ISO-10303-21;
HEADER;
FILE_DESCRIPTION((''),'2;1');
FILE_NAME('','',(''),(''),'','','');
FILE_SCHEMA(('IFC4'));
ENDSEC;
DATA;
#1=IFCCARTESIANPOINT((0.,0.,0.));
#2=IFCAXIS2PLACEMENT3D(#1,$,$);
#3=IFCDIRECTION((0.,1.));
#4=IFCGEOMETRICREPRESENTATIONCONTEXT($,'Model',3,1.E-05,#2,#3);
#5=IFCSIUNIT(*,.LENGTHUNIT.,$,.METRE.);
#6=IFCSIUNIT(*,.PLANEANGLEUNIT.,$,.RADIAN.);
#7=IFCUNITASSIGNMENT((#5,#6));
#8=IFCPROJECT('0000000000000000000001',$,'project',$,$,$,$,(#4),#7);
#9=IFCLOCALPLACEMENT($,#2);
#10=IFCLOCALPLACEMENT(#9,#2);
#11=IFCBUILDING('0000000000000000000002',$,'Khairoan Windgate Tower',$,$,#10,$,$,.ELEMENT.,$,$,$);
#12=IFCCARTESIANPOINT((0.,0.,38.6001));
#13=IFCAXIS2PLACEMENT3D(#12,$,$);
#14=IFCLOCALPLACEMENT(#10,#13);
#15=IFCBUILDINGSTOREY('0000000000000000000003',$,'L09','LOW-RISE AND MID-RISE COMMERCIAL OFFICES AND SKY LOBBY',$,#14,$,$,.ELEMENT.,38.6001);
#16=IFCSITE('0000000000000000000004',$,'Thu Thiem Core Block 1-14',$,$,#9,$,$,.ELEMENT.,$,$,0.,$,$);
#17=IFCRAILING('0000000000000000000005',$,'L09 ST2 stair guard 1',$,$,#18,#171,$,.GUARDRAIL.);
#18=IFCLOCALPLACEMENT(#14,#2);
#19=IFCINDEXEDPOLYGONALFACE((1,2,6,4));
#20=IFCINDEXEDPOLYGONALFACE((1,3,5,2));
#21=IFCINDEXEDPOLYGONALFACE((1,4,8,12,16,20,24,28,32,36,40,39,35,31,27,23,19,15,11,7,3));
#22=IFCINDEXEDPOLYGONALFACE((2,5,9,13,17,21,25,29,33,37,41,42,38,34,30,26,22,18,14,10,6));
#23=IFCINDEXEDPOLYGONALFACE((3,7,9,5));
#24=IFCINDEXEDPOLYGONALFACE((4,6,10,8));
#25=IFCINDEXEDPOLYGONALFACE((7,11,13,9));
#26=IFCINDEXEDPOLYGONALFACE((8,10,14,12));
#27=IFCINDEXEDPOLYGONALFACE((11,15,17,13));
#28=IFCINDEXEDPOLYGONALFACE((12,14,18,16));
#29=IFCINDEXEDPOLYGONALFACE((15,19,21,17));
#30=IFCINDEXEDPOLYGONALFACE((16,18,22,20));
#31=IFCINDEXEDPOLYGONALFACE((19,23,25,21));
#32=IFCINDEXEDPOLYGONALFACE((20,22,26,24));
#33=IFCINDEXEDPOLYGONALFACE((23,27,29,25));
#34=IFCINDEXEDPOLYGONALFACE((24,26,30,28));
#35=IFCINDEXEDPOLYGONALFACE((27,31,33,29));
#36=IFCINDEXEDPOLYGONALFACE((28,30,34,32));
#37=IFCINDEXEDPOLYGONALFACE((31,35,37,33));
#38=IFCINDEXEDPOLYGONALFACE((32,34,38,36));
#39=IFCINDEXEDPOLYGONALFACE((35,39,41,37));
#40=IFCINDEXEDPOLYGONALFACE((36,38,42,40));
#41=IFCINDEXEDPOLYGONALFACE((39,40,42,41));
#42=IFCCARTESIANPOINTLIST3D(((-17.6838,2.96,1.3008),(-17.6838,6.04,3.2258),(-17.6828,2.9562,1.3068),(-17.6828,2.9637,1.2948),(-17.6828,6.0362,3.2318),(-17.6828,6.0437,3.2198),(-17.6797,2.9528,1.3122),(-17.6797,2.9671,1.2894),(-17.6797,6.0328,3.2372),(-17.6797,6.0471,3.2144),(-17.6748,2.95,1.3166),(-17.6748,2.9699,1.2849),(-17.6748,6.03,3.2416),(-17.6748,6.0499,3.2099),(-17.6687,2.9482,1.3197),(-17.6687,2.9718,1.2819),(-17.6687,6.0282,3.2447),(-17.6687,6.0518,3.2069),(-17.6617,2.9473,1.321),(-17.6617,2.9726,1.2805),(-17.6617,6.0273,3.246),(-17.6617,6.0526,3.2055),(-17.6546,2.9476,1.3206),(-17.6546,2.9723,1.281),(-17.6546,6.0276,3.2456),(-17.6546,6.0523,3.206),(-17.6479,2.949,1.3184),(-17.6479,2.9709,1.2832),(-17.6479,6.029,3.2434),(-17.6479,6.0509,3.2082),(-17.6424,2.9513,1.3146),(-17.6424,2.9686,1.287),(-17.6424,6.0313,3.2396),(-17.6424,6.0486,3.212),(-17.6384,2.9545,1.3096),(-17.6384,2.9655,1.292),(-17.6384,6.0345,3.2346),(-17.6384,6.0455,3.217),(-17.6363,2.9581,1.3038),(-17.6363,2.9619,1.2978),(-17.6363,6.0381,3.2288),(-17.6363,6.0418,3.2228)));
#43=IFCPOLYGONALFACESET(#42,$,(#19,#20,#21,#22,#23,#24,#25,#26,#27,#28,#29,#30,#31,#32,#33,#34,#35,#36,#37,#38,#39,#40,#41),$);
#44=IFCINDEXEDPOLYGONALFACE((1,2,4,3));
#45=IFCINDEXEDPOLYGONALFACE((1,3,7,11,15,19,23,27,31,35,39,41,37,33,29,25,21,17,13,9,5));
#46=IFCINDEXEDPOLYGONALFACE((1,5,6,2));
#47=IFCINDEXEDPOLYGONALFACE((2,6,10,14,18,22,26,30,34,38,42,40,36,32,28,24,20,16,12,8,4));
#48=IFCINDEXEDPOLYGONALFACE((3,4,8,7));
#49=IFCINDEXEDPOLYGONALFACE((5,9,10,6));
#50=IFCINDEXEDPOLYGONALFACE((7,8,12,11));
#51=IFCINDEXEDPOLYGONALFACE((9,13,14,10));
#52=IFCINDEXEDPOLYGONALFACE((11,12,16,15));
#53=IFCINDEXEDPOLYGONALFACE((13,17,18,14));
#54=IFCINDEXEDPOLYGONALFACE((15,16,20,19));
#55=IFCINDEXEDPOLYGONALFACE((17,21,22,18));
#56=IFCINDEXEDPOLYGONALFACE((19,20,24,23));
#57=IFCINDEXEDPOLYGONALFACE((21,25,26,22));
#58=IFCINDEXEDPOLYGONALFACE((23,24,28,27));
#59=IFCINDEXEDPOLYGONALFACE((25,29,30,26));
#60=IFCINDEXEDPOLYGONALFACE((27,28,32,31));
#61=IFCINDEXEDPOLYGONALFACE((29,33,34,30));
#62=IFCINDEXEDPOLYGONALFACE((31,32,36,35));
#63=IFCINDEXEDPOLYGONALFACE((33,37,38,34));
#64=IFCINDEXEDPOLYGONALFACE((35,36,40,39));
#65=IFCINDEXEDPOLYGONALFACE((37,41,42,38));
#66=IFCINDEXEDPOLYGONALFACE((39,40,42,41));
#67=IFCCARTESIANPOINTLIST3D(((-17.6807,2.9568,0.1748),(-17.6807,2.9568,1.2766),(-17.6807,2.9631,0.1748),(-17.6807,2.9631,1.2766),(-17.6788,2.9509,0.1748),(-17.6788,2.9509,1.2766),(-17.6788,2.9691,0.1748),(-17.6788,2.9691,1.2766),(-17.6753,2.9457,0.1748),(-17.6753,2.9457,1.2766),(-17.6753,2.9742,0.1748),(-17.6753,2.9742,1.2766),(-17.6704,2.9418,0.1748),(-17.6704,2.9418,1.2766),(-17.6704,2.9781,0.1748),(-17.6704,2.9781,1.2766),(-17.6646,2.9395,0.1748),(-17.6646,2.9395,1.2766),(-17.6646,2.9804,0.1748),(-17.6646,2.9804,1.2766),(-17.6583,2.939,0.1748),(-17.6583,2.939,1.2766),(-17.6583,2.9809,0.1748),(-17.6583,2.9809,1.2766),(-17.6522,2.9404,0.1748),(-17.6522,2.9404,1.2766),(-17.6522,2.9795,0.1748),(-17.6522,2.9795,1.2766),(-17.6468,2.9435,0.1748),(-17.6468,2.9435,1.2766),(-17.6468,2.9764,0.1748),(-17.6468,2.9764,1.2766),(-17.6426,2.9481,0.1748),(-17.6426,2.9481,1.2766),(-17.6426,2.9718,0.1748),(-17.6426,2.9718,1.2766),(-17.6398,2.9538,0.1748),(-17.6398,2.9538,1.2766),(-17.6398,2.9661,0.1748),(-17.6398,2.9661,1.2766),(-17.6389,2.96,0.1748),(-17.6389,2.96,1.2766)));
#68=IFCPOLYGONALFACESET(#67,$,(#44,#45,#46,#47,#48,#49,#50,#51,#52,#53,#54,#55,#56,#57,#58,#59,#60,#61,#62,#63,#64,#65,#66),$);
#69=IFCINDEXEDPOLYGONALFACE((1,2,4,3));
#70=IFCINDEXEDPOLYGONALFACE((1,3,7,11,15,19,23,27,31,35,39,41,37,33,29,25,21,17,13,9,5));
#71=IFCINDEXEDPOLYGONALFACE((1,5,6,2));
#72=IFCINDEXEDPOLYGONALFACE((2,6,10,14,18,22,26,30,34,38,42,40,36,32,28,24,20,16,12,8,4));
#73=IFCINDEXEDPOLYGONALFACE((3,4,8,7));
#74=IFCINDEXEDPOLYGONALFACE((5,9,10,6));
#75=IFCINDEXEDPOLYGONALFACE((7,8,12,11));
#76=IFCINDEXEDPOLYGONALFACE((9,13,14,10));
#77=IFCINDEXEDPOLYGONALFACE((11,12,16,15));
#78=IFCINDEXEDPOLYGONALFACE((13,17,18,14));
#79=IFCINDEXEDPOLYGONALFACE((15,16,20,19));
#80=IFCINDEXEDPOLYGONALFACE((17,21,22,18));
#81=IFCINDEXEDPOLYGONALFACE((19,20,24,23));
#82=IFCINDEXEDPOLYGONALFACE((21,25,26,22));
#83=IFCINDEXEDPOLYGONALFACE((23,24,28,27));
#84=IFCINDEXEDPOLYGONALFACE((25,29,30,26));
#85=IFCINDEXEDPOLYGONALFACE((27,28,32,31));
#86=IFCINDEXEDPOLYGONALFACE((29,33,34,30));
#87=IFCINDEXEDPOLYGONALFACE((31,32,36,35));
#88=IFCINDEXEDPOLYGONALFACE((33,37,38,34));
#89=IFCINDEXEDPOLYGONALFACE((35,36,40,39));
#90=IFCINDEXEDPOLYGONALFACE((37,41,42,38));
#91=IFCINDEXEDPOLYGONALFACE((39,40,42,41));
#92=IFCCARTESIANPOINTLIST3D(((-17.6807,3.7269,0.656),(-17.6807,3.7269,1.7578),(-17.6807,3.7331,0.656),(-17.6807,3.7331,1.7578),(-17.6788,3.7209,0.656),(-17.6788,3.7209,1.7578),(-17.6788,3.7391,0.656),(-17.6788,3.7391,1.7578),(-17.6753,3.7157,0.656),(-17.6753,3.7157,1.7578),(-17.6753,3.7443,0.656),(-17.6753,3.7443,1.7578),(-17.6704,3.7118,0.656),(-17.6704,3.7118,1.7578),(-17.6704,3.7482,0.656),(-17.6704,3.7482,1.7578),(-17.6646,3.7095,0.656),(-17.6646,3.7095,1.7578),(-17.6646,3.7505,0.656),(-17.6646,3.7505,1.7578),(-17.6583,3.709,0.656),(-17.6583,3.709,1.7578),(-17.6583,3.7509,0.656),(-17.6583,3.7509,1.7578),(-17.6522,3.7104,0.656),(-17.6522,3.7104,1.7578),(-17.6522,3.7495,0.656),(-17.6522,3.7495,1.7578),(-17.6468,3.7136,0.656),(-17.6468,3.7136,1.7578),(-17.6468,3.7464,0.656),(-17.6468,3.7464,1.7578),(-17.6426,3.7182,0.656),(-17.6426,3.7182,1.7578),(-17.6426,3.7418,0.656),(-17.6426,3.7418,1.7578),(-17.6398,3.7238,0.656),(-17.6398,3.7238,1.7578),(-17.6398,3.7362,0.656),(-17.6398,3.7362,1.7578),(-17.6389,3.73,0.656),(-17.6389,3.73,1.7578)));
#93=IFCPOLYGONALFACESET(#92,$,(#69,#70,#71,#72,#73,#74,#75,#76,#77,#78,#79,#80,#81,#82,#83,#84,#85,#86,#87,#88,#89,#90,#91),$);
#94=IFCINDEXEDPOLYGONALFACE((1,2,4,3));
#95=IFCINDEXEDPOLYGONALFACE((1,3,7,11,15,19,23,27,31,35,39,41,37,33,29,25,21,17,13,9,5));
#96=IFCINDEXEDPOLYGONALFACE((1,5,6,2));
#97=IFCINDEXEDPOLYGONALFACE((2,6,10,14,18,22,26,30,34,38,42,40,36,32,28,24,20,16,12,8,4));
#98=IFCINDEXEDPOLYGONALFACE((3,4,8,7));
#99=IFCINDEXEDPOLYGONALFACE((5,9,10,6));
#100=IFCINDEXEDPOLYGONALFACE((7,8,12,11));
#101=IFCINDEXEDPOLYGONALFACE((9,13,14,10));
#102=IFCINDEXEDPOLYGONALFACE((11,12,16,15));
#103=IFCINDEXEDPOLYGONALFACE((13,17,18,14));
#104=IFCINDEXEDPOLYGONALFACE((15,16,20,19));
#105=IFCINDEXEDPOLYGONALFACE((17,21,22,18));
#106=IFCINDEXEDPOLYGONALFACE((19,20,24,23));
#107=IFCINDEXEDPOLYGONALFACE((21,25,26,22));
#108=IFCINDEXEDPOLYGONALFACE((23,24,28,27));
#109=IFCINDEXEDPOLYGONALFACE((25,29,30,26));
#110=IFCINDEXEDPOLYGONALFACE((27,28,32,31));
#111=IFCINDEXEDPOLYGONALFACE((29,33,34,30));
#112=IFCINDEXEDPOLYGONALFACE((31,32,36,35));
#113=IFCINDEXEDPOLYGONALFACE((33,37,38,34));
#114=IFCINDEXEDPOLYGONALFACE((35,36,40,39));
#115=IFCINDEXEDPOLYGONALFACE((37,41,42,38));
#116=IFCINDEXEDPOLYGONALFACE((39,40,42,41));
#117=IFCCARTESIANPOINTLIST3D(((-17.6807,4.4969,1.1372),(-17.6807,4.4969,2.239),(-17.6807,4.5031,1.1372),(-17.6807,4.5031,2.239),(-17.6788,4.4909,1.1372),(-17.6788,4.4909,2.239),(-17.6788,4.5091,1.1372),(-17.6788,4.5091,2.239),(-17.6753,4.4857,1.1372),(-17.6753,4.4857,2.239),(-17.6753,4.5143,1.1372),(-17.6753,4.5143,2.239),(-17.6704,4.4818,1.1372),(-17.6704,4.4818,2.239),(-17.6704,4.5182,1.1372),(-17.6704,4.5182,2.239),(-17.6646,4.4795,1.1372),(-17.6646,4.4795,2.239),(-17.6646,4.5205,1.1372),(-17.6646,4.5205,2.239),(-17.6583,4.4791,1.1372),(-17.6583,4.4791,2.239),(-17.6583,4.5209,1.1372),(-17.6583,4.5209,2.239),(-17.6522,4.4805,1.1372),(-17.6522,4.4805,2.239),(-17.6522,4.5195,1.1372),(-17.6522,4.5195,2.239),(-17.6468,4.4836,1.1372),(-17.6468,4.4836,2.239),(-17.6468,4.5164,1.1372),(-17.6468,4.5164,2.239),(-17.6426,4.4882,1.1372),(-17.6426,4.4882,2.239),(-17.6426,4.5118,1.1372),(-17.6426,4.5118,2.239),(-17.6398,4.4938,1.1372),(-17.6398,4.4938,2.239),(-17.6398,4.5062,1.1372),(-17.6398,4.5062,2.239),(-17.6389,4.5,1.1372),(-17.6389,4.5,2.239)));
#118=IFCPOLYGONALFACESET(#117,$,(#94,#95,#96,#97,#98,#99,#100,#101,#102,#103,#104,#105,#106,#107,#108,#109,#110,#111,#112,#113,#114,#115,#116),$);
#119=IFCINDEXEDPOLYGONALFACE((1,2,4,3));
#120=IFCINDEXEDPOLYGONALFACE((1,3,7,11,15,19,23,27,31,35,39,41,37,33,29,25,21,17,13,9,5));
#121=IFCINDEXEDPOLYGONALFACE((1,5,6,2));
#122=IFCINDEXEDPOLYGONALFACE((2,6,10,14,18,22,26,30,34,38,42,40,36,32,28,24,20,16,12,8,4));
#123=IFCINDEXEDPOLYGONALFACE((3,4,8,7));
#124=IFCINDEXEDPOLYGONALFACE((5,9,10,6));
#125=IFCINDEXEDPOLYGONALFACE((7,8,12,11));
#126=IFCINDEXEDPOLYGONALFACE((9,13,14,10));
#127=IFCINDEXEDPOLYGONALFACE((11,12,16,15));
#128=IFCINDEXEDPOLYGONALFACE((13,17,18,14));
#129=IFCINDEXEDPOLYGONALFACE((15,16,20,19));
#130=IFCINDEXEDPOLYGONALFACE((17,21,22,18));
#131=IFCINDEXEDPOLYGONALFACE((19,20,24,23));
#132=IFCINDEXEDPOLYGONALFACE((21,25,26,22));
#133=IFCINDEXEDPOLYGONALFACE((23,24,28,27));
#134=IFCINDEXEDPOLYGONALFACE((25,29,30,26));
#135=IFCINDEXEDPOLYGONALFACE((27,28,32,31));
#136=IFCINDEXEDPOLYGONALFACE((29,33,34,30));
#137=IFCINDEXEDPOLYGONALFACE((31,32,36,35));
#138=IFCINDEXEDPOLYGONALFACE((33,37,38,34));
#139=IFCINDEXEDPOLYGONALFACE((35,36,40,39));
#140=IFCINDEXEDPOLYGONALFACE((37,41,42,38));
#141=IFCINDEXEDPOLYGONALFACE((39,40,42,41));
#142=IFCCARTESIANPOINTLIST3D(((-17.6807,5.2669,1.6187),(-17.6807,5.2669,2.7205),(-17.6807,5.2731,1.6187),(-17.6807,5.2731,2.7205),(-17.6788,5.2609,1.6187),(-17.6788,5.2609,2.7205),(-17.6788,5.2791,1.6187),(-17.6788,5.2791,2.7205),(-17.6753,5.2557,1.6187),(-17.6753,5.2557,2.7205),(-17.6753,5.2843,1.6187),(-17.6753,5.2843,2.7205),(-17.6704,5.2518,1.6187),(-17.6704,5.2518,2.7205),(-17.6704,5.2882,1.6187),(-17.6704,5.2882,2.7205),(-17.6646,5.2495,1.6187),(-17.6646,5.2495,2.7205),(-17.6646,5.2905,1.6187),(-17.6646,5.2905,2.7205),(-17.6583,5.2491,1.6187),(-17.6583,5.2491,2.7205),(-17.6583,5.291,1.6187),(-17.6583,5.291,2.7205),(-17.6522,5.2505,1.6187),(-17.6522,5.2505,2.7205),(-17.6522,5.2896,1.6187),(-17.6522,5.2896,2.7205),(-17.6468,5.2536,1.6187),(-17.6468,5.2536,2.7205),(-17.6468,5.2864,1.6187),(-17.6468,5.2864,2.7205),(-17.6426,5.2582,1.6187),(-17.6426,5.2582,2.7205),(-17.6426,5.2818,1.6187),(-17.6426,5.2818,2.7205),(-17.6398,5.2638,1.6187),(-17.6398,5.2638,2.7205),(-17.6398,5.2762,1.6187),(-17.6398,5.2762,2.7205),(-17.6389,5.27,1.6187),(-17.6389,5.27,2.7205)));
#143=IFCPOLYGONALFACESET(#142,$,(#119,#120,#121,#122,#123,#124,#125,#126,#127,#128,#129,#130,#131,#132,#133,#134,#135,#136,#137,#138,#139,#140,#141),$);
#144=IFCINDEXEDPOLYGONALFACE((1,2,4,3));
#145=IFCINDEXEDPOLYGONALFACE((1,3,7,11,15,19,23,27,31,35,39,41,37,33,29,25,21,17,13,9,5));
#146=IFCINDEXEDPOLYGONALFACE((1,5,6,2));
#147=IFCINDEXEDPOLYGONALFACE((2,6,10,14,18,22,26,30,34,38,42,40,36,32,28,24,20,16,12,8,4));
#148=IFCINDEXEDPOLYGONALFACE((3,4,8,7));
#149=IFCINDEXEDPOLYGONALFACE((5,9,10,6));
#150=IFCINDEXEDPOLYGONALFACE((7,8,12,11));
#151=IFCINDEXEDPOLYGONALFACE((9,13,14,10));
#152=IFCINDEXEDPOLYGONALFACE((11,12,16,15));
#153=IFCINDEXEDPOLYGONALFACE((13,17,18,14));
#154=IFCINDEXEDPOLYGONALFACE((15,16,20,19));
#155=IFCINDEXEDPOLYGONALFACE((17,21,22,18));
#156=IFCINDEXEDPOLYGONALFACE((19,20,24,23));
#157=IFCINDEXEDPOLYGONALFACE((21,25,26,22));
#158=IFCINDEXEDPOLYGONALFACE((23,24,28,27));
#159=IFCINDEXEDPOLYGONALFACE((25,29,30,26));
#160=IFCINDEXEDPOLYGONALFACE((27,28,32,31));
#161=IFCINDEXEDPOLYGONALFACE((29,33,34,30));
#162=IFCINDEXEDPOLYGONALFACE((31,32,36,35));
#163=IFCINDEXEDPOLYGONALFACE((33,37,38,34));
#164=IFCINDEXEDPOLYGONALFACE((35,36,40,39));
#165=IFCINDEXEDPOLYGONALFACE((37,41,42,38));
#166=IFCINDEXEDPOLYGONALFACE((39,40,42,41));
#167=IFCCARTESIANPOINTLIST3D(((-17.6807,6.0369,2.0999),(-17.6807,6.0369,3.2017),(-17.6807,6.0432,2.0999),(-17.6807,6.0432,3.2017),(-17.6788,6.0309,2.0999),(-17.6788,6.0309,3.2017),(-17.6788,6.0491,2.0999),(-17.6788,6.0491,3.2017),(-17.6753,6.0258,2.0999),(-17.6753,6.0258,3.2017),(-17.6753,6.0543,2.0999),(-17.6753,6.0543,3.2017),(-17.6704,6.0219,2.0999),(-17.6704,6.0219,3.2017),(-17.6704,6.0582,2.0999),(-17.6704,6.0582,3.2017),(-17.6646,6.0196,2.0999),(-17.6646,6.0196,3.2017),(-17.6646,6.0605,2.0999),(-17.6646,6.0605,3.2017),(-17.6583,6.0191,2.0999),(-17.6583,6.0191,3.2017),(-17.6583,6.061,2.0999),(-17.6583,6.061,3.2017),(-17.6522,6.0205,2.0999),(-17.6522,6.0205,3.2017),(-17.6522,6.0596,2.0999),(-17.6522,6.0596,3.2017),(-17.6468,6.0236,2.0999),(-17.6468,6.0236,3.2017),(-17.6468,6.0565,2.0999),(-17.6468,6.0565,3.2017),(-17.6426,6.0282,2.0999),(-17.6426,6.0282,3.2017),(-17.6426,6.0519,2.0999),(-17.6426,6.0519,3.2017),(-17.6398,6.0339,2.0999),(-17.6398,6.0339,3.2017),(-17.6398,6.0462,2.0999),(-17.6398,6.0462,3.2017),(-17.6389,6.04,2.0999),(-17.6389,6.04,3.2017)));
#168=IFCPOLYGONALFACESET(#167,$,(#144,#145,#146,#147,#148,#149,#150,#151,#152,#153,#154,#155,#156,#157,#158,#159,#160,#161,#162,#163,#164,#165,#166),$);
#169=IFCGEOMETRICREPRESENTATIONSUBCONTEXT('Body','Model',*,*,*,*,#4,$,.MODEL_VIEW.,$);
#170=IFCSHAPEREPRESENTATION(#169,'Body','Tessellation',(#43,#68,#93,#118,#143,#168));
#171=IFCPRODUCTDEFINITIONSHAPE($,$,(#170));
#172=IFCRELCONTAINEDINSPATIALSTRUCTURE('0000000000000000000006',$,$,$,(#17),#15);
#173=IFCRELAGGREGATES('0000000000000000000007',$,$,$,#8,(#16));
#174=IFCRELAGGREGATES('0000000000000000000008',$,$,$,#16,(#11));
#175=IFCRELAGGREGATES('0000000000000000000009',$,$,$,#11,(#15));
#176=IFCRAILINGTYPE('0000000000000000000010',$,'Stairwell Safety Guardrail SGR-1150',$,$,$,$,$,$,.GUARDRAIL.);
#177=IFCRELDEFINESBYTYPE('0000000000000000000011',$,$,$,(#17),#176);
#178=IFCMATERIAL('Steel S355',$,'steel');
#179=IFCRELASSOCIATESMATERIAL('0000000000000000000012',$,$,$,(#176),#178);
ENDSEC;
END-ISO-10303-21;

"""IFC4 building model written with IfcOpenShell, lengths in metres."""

from ifc_helpers import new_model, si_unit, direction, frame, origin, origin_2d, place, context, subcontext, project, spatial, circle, extrude, material, type_object, element, save


model = new_model("IFC4")

# Units and contexts
model_context = context("Model", 3, precision=1e-05, world=origin(), true_north=direction((0.0, 1.0)))
body_context = subcontext(model_context, "Body", "Model", "MODEL_VIEW")
ifc_project = project(units=[si_unit("LENGTHUNIT", "METRE"), si_unit("PLANEANGLEUNIT", "RADIAN")], contexts=[model_context])

# Site, building, storey
site_placement = place(None, origin())
site = spatial("IfcSite", under=ifc_project, at=site_placement, Name="Thu Thiem Core Block 1-14", CompositionType="ELEMENT", RefElevation=0.0)
building_placement = place(site_placement, origin())
building = spatial("IfcBuilding", under=site, at=building_placement, Name="Khairoan Windgate Tower", CompositionType="ELEMENT")
storey_placement = place(building_placement, frame((0.0, 0.0, 38.6001)))
storey = spatial("IfcBuildingStorey", under=building, at=storey_placement, Name="L09", Description="LOW-RISE AND MID-RISE COMMERCIAL OFFICES AND SKY LOBBY", CompositionType="ELEMENT", Elevation=38.6001)

# Railing
ifc_material_1 = material(Name="Steel S355", Category="steel")
railing_type_1 = type_object("IfcRailingType", Name="Stairwell Safety Guardrail SGR-1150", PredefinedType="GUARDRAIL", material=ifc_material_1)
railing_1_placement = place(storey_placement, frame((-17.6599, 2.96, 0.1748)))
element("IfcRailing", 1, at=railing_1_placement, inside=storey, type_object=railing_type_1, Name="L09 ST2 stair guard 1", PredefinedType="GUARDRAIL", context=body_context, shape_type="SweptSolid", body=[
    extrude(circle(Radius=0.0239, at=origin_2d()), frame((0.0, 0.0, 1.126), z_axis=(0.0, 0.847998, 0.529999), x_axis=(-1.0, 0.0, 0.0)), (0.0, 0.0, 1.0), 3.6321),
    extrude(circle(Radius=0.021, at=origin_2d()), origin(), (0.0, 0.0, 1.0), 1.1018),
    extrude(circle(Radius=0.021, at=origin_2d()), frame((0.0, 0.77, 0.4812)), (0.0, 0.0, 1.0), 1.1018),
    extrude(circle(Radius=0.021, at=origin_2d()), frame((0.0, 1.54, 0.9624)), (0.0, 0.0, 1.0), 1.1018),
    extrude(circle(Radius=0.021, at=origin_2d()), frame((0.0, 2.3101, 1.4438)), (0.0, 0.0, 1.0), 1.1018),
    extrude(circle(Radius=0.021, at=origin_2d()), frame((0.0, 3.0801, 1.925)), (0.0, 0.0, 1.0), 1.1018),
])

save(model, "model.ifc")
